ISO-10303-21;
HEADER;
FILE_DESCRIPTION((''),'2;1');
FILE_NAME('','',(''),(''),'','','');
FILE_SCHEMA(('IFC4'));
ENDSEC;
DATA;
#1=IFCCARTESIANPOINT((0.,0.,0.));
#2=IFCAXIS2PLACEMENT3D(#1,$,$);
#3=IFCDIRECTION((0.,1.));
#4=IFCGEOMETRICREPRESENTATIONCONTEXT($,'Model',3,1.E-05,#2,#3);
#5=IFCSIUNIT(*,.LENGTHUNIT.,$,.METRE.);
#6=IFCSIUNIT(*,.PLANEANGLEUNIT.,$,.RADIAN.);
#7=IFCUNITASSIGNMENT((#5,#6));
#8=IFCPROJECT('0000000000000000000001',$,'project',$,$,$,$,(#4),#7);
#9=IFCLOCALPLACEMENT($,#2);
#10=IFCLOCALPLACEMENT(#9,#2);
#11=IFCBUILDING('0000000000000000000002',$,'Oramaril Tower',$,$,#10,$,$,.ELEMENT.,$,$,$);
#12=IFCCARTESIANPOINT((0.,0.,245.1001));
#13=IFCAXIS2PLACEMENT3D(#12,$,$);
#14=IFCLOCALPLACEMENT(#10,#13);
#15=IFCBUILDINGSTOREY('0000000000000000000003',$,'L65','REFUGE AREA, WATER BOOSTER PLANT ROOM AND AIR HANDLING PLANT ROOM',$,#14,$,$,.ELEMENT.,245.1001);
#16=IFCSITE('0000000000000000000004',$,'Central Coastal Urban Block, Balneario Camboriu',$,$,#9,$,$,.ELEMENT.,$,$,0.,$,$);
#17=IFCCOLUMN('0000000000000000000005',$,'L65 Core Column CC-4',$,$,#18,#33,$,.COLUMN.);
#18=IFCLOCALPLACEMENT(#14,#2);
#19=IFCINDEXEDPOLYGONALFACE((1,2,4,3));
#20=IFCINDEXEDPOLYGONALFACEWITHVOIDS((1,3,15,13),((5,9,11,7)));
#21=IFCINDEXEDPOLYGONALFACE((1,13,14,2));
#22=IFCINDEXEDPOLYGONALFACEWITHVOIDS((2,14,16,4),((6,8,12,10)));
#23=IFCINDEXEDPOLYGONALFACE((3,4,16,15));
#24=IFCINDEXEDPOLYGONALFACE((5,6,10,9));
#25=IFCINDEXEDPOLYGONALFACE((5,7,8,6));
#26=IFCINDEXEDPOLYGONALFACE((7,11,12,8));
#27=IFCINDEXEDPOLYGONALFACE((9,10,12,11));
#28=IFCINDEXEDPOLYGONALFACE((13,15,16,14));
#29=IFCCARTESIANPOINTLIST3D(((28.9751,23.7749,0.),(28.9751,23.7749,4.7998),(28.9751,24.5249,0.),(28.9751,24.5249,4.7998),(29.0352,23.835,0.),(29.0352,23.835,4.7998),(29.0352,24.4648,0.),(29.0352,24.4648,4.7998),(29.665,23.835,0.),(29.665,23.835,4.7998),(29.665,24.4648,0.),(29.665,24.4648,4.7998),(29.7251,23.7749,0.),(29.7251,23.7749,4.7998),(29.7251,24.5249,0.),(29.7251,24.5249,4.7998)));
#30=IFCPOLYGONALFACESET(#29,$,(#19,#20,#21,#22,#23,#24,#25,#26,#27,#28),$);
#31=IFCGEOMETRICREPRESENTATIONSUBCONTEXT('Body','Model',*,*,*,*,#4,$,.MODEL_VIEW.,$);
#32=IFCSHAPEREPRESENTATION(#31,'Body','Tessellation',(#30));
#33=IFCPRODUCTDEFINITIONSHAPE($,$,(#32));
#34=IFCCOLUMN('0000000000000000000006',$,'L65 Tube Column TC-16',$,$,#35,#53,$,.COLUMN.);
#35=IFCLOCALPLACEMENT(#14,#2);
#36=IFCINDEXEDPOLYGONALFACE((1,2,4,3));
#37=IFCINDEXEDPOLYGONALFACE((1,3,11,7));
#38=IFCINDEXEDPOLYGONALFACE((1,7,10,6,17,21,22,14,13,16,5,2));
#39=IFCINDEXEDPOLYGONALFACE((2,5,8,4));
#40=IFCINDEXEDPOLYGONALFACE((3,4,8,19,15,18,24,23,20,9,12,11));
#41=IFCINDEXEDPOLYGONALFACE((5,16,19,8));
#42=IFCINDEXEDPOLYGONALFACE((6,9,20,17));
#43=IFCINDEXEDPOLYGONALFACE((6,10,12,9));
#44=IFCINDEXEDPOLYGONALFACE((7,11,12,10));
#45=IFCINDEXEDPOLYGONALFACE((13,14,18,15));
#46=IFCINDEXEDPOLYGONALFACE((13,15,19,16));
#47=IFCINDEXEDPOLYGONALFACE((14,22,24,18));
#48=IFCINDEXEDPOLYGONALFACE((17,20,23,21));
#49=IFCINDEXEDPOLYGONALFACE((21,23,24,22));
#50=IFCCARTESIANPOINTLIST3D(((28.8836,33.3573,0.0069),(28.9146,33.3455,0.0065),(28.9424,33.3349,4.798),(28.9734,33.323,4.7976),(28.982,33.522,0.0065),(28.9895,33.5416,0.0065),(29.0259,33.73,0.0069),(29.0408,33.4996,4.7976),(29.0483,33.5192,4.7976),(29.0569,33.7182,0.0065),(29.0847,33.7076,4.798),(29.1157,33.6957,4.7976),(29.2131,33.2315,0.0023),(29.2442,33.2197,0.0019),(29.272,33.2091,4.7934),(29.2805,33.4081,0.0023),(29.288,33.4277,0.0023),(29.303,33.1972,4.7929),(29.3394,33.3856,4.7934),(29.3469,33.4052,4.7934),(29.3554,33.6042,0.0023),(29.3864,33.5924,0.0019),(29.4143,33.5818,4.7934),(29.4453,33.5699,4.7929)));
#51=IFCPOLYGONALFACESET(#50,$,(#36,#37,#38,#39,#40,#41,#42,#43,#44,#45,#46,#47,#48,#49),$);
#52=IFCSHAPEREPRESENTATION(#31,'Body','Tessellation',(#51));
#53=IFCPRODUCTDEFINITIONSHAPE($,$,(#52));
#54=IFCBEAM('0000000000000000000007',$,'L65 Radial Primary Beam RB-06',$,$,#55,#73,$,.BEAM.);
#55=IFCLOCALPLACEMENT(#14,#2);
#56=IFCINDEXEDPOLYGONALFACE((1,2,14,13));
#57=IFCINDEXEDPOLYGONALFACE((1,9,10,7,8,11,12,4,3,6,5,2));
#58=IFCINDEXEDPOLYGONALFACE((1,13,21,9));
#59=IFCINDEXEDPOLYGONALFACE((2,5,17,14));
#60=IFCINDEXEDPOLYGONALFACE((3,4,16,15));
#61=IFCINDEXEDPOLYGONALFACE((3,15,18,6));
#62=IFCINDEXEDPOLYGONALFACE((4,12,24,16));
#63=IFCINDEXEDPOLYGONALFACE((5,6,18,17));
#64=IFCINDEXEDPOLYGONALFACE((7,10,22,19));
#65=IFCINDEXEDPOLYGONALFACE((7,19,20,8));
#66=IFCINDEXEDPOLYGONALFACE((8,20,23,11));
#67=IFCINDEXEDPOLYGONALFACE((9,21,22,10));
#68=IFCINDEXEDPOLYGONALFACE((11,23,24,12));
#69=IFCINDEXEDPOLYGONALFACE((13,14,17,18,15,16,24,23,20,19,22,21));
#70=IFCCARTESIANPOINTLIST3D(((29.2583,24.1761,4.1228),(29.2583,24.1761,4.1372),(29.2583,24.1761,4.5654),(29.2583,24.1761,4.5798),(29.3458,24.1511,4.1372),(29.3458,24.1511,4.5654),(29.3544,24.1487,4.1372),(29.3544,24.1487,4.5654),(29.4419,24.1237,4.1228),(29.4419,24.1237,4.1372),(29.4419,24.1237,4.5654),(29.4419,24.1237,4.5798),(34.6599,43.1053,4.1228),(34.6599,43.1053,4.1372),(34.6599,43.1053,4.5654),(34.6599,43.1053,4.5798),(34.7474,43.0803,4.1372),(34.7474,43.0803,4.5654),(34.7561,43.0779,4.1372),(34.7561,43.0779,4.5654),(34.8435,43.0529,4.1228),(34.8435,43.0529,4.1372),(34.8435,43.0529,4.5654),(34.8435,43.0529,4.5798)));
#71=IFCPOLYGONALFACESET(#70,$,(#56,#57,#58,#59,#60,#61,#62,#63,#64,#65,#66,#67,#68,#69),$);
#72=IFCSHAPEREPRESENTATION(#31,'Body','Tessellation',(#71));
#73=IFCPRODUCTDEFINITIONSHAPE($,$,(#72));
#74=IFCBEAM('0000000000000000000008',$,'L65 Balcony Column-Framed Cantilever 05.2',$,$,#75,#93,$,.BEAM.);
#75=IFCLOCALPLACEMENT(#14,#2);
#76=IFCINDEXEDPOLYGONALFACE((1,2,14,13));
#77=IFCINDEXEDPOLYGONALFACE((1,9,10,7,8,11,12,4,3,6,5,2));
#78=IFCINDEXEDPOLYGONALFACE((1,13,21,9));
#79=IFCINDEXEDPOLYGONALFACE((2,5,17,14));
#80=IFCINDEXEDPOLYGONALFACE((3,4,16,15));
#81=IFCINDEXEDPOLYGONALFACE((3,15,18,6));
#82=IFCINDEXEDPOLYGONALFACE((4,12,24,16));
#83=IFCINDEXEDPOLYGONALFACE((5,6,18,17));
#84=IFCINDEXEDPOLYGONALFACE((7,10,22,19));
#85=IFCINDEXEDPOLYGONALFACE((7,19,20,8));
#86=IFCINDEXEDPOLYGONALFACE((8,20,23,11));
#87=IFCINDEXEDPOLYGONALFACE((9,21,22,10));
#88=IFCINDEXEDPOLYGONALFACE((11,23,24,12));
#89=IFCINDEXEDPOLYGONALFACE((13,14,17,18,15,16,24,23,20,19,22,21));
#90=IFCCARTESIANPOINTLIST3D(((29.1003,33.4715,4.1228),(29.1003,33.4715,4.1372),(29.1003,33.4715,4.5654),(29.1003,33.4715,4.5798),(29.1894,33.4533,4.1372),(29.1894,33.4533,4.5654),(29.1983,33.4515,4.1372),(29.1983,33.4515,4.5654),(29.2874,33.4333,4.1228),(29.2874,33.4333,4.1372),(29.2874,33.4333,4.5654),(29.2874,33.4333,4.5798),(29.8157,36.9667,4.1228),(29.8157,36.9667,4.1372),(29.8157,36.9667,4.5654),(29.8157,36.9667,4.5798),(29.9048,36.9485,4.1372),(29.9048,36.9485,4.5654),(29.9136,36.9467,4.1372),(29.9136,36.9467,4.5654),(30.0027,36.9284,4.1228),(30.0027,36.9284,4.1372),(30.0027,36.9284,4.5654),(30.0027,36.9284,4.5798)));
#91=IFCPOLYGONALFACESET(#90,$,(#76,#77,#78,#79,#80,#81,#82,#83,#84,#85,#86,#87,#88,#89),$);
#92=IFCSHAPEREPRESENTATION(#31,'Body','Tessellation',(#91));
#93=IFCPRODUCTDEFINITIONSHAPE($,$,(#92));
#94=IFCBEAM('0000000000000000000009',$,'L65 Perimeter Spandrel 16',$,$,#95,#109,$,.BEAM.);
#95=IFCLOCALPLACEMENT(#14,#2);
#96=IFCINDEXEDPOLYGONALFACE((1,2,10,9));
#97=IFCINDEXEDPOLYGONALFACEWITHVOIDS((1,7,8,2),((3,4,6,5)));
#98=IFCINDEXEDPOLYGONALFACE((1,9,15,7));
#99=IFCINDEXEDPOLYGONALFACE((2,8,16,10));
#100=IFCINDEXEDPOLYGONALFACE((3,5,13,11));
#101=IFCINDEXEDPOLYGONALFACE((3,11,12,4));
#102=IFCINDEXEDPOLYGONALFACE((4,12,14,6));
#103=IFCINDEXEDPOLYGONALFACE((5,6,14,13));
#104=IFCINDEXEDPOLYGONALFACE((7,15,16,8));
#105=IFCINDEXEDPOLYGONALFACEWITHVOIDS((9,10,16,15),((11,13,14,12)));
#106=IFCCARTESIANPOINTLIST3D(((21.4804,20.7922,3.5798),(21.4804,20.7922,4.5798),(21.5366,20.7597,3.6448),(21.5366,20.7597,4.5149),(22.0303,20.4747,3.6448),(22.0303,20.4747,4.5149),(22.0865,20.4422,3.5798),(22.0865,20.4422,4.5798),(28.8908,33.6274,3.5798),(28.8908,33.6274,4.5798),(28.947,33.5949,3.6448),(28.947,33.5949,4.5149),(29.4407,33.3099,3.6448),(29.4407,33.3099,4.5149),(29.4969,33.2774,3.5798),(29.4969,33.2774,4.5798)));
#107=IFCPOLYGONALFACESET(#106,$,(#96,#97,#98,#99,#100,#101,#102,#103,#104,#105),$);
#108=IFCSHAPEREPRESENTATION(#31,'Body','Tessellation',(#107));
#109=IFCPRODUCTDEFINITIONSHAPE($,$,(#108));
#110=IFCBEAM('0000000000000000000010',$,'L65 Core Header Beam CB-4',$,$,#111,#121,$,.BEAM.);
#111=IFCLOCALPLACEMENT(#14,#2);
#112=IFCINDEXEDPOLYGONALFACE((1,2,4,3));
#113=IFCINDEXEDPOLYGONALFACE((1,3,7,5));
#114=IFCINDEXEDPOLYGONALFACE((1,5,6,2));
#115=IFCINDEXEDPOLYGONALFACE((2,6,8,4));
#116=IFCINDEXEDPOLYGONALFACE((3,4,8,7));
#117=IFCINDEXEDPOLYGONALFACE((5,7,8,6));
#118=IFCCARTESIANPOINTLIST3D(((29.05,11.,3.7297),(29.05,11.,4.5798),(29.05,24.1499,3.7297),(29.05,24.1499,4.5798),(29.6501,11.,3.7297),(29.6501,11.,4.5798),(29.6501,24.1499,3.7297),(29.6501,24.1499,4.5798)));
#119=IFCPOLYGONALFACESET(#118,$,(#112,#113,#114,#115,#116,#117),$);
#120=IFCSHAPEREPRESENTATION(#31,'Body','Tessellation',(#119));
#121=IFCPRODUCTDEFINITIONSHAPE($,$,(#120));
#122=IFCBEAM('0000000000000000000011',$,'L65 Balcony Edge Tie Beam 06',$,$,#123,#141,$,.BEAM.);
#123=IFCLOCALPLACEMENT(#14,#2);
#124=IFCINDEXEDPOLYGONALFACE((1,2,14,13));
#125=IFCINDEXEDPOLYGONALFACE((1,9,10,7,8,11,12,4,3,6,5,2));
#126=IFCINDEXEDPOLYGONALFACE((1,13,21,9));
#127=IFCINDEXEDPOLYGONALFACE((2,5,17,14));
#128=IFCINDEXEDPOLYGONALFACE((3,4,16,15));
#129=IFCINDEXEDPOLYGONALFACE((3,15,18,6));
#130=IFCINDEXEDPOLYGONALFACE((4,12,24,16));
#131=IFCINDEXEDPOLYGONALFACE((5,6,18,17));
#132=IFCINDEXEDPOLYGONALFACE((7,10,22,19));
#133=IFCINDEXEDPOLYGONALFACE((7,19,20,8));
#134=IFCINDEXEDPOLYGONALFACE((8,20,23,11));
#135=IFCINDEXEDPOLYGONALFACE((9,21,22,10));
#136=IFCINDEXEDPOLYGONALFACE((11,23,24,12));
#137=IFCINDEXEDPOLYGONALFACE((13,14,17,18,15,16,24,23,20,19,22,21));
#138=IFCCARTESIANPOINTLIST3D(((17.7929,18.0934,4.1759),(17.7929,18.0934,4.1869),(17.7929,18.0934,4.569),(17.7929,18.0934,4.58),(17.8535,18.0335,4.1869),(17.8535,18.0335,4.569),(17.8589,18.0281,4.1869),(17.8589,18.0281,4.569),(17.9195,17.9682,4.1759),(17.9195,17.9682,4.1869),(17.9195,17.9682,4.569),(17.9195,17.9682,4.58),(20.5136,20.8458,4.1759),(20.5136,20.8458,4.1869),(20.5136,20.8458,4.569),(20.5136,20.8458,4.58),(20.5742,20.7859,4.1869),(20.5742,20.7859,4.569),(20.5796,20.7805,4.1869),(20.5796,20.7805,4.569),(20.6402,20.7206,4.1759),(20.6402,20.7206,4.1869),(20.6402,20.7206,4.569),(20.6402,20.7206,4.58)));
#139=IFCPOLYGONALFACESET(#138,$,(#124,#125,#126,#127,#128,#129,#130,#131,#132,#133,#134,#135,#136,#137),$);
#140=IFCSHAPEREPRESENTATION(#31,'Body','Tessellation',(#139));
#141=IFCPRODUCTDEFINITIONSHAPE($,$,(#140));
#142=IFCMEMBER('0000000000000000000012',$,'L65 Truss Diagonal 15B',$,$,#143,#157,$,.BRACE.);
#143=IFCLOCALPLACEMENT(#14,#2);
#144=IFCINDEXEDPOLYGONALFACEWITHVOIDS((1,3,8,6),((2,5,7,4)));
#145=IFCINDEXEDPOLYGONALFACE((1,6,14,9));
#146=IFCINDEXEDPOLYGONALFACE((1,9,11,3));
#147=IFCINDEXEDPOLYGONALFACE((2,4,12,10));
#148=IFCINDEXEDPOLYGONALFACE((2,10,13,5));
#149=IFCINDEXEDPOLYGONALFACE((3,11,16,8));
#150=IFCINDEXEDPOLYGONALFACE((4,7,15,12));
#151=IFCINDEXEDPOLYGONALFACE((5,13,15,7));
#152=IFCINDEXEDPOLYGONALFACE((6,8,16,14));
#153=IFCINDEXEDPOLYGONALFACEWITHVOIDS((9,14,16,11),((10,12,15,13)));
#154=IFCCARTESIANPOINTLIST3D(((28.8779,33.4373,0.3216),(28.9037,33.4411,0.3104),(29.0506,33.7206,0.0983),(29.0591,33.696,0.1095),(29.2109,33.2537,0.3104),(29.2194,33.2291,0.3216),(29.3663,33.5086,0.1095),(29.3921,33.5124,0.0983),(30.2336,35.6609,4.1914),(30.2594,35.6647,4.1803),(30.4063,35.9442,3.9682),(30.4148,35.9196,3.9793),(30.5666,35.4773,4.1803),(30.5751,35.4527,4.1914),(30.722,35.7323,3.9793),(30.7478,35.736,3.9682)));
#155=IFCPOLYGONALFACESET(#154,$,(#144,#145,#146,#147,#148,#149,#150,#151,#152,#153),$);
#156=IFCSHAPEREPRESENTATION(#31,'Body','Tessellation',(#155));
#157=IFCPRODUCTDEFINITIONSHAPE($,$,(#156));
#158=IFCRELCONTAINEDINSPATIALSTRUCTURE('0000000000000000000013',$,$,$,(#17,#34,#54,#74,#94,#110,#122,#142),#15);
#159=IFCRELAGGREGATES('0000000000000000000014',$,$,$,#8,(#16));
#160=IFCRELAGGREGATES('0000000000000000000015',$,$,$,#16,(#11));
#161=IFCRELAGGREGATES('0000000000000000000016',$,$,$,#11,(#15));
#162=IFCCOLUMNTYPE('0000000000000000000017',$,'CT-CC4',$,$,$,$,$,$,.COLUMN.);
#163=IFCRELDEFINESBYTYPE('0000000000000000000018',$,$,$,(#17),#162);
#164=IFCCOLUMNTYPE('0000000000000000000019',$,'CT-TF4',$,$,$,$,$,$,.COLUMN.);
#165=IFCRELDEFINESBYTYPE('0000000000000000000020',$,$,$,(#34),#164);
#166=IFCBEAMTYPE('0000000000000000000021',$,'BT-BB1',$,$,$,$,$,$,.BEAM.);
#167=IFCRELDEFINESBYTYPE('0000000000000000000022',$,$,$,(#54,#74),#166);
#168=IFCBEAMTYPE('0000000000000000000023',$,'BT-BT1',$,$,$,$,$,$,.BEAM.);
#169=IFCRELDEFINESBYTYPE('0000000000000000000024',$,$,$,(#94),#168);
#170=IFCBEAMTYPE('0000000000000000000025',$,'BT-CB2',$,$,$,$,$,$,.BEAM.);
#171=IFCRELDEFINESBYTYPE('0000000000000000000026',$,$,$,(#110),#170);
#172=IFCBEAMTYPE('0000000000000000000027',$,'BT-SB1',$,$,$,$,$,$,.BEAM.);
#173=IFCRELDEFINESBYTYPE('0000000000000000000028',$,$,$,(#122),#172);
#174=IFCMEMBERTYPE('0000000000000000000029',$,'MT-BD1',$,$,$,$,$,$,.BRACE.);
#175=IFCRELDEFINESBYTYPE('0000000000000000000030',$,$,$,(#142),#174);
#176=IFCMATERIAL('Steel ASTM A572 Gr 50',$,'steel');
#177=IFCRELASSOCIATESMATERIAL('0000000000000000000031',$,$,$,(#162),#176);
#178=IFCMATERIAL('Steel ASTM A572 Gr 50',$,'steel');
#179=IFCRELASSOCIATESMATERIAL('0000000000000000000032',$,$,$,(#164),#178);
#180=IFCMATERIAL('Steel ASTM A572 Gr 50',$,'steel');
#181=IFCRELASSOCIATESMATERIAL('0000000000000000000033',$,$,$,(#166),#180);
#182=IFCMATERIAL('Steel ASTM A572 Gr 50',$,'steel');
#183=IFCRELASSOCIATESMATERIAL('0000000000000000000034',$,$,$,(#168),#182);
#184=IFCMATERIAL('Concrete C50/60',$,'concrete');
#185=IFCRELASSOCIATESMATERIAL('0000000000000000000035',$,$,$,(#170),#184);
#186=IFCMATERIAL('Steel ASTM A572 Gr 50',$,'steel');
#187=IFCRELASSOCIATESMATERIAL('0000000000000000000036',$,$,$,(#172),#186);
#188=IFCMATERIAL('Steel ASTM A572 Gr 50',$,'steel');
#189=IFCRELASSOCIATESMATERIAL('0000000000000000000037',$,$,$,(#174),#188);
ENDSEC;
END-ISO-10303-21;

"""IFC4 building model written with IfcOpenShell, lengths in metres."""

from ifc_helpers import new_model, si_unit, direction, frame, origin, origin_2d, place, context, subcontext, project, spatial, rectangle, hollow_rectangle, i_section, extrude, material, material_profile, profile_set, type_object, element, save


model = new_model("IFC4")

# Units and contexts
model_context = context("Model", 3, precision=1e-05, world=origin(), true_north=direction((0.0, 1.0)))
body_context = subcontext(model_context, "Body", "Model", "MODEL_VIEW")
ifc_project = project(units=[si_unit("LENGTHUNIT", "METRE"), si_unit("PLANEANGLEUNIT", "RADIAN")], contexts=[model_context])

# Site, building, storey
site_placement = place(None, origin())
site = spatial("IfcSite", under=ifc_project, at=site_placement, Name="Central Coastal Urban Block, Balneario Camboriu", CompositionType="ELEMENT", RefElevation=0.0)
building_placement = place(site_placement, origin())
building = spatial("IfcBuilding", under=site, at=building_placement, Name="Oramaril Tower", CompositionType="ELEMENT")
storey_placement = place(building_placement, frame((0.0, 0.0, 245.1001)))
storey = spatial("IfcBuildingStorey", under=building, at=storey_placement, Name="L65", Description="REFUGE AREA, WATER BOOSTER PLANT ROOM AND AIR HANDLING PLANT ROOM", CompositionType="ELEMENT", Elevation=245.1001)

# Columns
ifc_material_1 = material(Name="Steel ASTM A572 Gr 50", Category="steel")
ifc_material_profile_1 = material_profile(ifc_material_1, hollow_rectangle(XDim=0.75, YDim=0.75, WallThickness=0.0601, at=origin_2d()), Name="BOX750X750X60")
ifc_profile_set_1 = profile_set([ifc_material_profile_1], Name="Steel ASTM A572 Gr 50")
column_type_1 = type_object("IfcColumnType", Name="CT-CC4", PredefinedType="COLUMN", material=ifc_profile_set_1)
column_1_placement = place(storey_placement, frame((29.3501, 24.1499, 0.0), z_axis=(0.0, 0.0, 1.0), x_axis=(1.0, 0.0, 0.0)))
element("IfcColumn", 1, at=column_1_placement, inside=storey, type_object=column_type_1, Name="L65 Core Column CC-4", PredefinedType="COLUMN", context=body_context, shape_type="SweptSolid", body=[
    extrude(hollow_rectangle(XDim=0.75, YDim=0.75, WallThickness=0.0601, at=origin_2d()), origin(), (0.0, 0.0, 1.0), 4.7998),
])
ifc_material_2 = material(Name="Steel ASTM A572 Gr 50", Category="steel")
ifc_material_profile_2 = material_profile(ifc_material_2, i_section(OverallWidth=0.3989, OverallDepth=0.386, WebThickness=0.021, FlangeThickness=0.0332, at=origin_2d()), Name="W14X176")
ifc_profile_set_2 = profile_set([ifc_material_profile_2], Name="Steel ASTM A572 Gr 50")
column_type_2 = type_object("IfcColumnType", Name="CT-TF4", PredefinedType="COLUMN", material=ifc_profile_set_2)
column_2_placement = place(storey_placement, frame((29.135, 33.4749, 0.0044), z_axis=(0.01228, -0.004688, 0.999914), x_axis=(0.35664, 0.934242, 0.0)))
element("IfcColumn", 2, at=column_2_placement, inside=storey, type_object=column_type_2, Name="L65 Tube Column TC-16", PredefinedType="COLUMN", context=body_context, shape_type="SweptSolid", body=[
    extrude(i_section(OverallWidth=0.3989, OverallDepth=0.386, WebThickness=0.021, FlangeThickness=0.0332, at=origin_2d()), origin(), (0.0, 0.0, 1.0), 4.7915),
])

# Beams
ifc_material_3 = material(Name="Steel ASTM A572 Gr 50", Category="steel")
ifc_material_profile_3 = material_profile(ifc_material_3, i_section(OverallWidth=0.1909, OverallDepth=0.457, WebThickness=0.009, FlangeThickness=0.0144, at=origin_2d()), Name="W18X50")
ifc_profile_set_3 = profile_set([ifc_material_profile_3], Name="Steel ASTM A572 Gr 50")
beam_type_1 = type_object("IfcBeamType", Name="BT-BB1", PredefinedType="BEAM", material=ifc_profile_set_3)
beam_1_placement = place(storey_placement, frame((29.3501, 24.1499, 4.3513), z_axis=(0.274405, 0.961614, 0.0), x_axis=(-0.961614, 0.274405, 0.0)))
element("IfcBeam", 3, at=beam_1_placement, inside=storey, type_object=beam_type_1, Name="L65 Radial Primary Beam RB-06", PredefinedType="BEAM", context=body_context, shape_type="SweptSolid", body=[
    extrude(i_section(OverallWidth=0.1909, OverallDepth=0.457, WebThickness=0.009, FlangeThickness=0.0144, at=origin_2d()), origin(), (0.0, 0.0, 1.0), 19.6848),
])
beam_2_placement = place(storey_placement, frame((29.1938, 33.4524, 4.3513), z_axis=(0.20051, 0.979692, 0.0), x_axis=(-0.979692, 0.20051, 0.0)))
element("IfcBeam", 4, at=beam_2_placement, inside=storey, type_object=beam_type_1, Name="L65 Balcony Column-Framed Cantilever 05.2", PredefinedType="BEAM", context=body_context, shape_type="SweptSolid", body=[
    extrude(i_section(OverallWidth=0.1909, OverallDepth=0.457, WebThickness=0.009, FlangeThickness=0.0144, at=origin_2d()), origin(), (0.0, 0.0, 1.0), 3.5676),
])
ifc_material_4 = material(Name="Steel ASTM A572 Gr 50", Category="steel")
ifc_material_profile_4 = material_profile(ifc_material_4, hollow_rectangle(XDim=0.7, YDim=1.0, WallThickness=0.0649, at=origin_2d()), Name="BOX1000X700X65")
ifc_profile_set_4 = profile_set([ifc_material_profile_4], Name="Steel ASTM A572 Gr 50")
beam_type_2 = type_object("IfcBeamType", Name="BT-BT1", PredefinedType="BEAM", material=ifc_profile_set_4)
beam_3_placement = place(storey_placement, frame((29.1938, 33.4524, 4.0798), z_axis=(-0.5, -0.866026, 0.0), x_axis=(0.866026, -0.5, 0.0)))
element("IfcBeam", 5, at=beam_3_placement, inside=storey, type_object=beam_type_2, Name="L65 Perimeter Spandrel 16", PredefinedType="BEAM", context=body_context, shape_type="SweptSolid", body=[
    extrude(hollow_rectangle(XDim=0.7, YDim=1.0, WallThickness=0.0649, at=origin_2d()), origin(), (0.0, 0.0, 1.0), 14.8208),
])
ifc_material_5 = material(Name="Concrete C50/60", Category="concrete")
ifc_material_profile_5 = material_profile(ifc_material_5, rectangle(XDim=0.6001, YDim=0.8501, at=origin_2d()), Name="CB600X850")
ifc_profile_set_5 = profile_set([ifc_material_profile_5], Name="Concrete C50/60")
beam_type_3 = type_object("IfcBeamType", Name="BT-CB2", PredefinedType="BEAM", material=ifc_profile_set_5)
beam_4_placement = place(storey_placement, frame((29.3501, 24.1499, 4.1548), z_axis=(0.0, -1.0, 0.0), x_axis=(1.0, 0.0, 0.0)))
element("IfcBeam", 6, at=beam_4_placement, inside=storey, type_object=beam_type_3, Name="L65 Core Header Beam CB-4", PredefinedType="BEAM", context=body_context, shape_type="SweptSolid", body=[
    extrude(rectangle(XDim=0.6001, YDim=0.8501, at=origin_2d()), origin(), (0.0, 0.0, 1.0), 13.1499),
])
ifc_material_6 = material(Name="Steel ASTM A572 Gr 50", Category="steel")
ifc_material_profile_6 = material_profile(ifc_material_6, i_section(OverallWidth=0.178, OverallDepth=0.4041, WebThickness=0.0076, FlangeThickness=0.011, at=origin_2d()), Name="W16X36")
ifc_profile_set_6 = profile_set([ifc_material_profile_6], Name="Steel ASTM A572 Gr 50")
beam_type_4 = type_object("IfcBeamType", Name="BT-SB1", PredefinedType="BEAM", material=ifc_profile_set_6)
beam_5_placement = place(storey_placement, frame((20.5769, 20.7832, 4.3779), z_axis=(-0.702995, -0.711195, 0.0), x_axis=(0.711195, -0.702995, 0.0)))
element("IfcBeam", 7, at=beam_5_placement, inside=storey, type_object=beam_type_4, Name="L65 Balcony Edge Tie Beam 06", PredefinedType="BEAM", context=body_context, shape_type="SweptSolid", body=[
    extrude(i_section(OverallWidth=0.178, OverallDepth=0.4041, WebThickness=0.0076, FlangeThickness=0.011, at=origin_2d()), origin(), (0.0, 0.0, 1.0), 3.8701),
])

# Member
ifc_material_7 = material(Name="Steel ASTM A572 Gr 50", Category="steel")
ifc_material_profile_7 = material_profile(ifc_material_7, hollow_rectangle(XDim=0.3999, YDim=0.3999, WallThickness=0.02, at=origin_2d()), Name="HSS400X400X20")
ifc_profile_set_7 = profile_set([ifc_material_profile_7], Name="Steel ASTM A572 Gr 50")
member_type_1 = type_object("IfcMemberType", Name="MT-BD1", PredefinedType="BRACE", material=ifc_profile_set_7)
member_1_placement = place(storey_placement, frame((29.135, 33.4749, 0.21), z_axis=(0.290639, 0.476705, 0.829627), x_axis=(-0.853824, 0.520562, 0.0)))
element("IfcMember", 8, at=member_1_placement, inside=storey, type_object=member_type_1, Name="L65 Truss Diagonal 15B", PredefinedType="BRACE", context=body_context, shape_type="SweptSolid", body=[
    extrude(hollow_rectangle(XDim=0.3999, YDim=0.3999, WallThickness=0.02, at=origin_2d()), origin(), (0.0, 0.0, 1.0), 4.6646),
])

save(model, "model.ifc")
